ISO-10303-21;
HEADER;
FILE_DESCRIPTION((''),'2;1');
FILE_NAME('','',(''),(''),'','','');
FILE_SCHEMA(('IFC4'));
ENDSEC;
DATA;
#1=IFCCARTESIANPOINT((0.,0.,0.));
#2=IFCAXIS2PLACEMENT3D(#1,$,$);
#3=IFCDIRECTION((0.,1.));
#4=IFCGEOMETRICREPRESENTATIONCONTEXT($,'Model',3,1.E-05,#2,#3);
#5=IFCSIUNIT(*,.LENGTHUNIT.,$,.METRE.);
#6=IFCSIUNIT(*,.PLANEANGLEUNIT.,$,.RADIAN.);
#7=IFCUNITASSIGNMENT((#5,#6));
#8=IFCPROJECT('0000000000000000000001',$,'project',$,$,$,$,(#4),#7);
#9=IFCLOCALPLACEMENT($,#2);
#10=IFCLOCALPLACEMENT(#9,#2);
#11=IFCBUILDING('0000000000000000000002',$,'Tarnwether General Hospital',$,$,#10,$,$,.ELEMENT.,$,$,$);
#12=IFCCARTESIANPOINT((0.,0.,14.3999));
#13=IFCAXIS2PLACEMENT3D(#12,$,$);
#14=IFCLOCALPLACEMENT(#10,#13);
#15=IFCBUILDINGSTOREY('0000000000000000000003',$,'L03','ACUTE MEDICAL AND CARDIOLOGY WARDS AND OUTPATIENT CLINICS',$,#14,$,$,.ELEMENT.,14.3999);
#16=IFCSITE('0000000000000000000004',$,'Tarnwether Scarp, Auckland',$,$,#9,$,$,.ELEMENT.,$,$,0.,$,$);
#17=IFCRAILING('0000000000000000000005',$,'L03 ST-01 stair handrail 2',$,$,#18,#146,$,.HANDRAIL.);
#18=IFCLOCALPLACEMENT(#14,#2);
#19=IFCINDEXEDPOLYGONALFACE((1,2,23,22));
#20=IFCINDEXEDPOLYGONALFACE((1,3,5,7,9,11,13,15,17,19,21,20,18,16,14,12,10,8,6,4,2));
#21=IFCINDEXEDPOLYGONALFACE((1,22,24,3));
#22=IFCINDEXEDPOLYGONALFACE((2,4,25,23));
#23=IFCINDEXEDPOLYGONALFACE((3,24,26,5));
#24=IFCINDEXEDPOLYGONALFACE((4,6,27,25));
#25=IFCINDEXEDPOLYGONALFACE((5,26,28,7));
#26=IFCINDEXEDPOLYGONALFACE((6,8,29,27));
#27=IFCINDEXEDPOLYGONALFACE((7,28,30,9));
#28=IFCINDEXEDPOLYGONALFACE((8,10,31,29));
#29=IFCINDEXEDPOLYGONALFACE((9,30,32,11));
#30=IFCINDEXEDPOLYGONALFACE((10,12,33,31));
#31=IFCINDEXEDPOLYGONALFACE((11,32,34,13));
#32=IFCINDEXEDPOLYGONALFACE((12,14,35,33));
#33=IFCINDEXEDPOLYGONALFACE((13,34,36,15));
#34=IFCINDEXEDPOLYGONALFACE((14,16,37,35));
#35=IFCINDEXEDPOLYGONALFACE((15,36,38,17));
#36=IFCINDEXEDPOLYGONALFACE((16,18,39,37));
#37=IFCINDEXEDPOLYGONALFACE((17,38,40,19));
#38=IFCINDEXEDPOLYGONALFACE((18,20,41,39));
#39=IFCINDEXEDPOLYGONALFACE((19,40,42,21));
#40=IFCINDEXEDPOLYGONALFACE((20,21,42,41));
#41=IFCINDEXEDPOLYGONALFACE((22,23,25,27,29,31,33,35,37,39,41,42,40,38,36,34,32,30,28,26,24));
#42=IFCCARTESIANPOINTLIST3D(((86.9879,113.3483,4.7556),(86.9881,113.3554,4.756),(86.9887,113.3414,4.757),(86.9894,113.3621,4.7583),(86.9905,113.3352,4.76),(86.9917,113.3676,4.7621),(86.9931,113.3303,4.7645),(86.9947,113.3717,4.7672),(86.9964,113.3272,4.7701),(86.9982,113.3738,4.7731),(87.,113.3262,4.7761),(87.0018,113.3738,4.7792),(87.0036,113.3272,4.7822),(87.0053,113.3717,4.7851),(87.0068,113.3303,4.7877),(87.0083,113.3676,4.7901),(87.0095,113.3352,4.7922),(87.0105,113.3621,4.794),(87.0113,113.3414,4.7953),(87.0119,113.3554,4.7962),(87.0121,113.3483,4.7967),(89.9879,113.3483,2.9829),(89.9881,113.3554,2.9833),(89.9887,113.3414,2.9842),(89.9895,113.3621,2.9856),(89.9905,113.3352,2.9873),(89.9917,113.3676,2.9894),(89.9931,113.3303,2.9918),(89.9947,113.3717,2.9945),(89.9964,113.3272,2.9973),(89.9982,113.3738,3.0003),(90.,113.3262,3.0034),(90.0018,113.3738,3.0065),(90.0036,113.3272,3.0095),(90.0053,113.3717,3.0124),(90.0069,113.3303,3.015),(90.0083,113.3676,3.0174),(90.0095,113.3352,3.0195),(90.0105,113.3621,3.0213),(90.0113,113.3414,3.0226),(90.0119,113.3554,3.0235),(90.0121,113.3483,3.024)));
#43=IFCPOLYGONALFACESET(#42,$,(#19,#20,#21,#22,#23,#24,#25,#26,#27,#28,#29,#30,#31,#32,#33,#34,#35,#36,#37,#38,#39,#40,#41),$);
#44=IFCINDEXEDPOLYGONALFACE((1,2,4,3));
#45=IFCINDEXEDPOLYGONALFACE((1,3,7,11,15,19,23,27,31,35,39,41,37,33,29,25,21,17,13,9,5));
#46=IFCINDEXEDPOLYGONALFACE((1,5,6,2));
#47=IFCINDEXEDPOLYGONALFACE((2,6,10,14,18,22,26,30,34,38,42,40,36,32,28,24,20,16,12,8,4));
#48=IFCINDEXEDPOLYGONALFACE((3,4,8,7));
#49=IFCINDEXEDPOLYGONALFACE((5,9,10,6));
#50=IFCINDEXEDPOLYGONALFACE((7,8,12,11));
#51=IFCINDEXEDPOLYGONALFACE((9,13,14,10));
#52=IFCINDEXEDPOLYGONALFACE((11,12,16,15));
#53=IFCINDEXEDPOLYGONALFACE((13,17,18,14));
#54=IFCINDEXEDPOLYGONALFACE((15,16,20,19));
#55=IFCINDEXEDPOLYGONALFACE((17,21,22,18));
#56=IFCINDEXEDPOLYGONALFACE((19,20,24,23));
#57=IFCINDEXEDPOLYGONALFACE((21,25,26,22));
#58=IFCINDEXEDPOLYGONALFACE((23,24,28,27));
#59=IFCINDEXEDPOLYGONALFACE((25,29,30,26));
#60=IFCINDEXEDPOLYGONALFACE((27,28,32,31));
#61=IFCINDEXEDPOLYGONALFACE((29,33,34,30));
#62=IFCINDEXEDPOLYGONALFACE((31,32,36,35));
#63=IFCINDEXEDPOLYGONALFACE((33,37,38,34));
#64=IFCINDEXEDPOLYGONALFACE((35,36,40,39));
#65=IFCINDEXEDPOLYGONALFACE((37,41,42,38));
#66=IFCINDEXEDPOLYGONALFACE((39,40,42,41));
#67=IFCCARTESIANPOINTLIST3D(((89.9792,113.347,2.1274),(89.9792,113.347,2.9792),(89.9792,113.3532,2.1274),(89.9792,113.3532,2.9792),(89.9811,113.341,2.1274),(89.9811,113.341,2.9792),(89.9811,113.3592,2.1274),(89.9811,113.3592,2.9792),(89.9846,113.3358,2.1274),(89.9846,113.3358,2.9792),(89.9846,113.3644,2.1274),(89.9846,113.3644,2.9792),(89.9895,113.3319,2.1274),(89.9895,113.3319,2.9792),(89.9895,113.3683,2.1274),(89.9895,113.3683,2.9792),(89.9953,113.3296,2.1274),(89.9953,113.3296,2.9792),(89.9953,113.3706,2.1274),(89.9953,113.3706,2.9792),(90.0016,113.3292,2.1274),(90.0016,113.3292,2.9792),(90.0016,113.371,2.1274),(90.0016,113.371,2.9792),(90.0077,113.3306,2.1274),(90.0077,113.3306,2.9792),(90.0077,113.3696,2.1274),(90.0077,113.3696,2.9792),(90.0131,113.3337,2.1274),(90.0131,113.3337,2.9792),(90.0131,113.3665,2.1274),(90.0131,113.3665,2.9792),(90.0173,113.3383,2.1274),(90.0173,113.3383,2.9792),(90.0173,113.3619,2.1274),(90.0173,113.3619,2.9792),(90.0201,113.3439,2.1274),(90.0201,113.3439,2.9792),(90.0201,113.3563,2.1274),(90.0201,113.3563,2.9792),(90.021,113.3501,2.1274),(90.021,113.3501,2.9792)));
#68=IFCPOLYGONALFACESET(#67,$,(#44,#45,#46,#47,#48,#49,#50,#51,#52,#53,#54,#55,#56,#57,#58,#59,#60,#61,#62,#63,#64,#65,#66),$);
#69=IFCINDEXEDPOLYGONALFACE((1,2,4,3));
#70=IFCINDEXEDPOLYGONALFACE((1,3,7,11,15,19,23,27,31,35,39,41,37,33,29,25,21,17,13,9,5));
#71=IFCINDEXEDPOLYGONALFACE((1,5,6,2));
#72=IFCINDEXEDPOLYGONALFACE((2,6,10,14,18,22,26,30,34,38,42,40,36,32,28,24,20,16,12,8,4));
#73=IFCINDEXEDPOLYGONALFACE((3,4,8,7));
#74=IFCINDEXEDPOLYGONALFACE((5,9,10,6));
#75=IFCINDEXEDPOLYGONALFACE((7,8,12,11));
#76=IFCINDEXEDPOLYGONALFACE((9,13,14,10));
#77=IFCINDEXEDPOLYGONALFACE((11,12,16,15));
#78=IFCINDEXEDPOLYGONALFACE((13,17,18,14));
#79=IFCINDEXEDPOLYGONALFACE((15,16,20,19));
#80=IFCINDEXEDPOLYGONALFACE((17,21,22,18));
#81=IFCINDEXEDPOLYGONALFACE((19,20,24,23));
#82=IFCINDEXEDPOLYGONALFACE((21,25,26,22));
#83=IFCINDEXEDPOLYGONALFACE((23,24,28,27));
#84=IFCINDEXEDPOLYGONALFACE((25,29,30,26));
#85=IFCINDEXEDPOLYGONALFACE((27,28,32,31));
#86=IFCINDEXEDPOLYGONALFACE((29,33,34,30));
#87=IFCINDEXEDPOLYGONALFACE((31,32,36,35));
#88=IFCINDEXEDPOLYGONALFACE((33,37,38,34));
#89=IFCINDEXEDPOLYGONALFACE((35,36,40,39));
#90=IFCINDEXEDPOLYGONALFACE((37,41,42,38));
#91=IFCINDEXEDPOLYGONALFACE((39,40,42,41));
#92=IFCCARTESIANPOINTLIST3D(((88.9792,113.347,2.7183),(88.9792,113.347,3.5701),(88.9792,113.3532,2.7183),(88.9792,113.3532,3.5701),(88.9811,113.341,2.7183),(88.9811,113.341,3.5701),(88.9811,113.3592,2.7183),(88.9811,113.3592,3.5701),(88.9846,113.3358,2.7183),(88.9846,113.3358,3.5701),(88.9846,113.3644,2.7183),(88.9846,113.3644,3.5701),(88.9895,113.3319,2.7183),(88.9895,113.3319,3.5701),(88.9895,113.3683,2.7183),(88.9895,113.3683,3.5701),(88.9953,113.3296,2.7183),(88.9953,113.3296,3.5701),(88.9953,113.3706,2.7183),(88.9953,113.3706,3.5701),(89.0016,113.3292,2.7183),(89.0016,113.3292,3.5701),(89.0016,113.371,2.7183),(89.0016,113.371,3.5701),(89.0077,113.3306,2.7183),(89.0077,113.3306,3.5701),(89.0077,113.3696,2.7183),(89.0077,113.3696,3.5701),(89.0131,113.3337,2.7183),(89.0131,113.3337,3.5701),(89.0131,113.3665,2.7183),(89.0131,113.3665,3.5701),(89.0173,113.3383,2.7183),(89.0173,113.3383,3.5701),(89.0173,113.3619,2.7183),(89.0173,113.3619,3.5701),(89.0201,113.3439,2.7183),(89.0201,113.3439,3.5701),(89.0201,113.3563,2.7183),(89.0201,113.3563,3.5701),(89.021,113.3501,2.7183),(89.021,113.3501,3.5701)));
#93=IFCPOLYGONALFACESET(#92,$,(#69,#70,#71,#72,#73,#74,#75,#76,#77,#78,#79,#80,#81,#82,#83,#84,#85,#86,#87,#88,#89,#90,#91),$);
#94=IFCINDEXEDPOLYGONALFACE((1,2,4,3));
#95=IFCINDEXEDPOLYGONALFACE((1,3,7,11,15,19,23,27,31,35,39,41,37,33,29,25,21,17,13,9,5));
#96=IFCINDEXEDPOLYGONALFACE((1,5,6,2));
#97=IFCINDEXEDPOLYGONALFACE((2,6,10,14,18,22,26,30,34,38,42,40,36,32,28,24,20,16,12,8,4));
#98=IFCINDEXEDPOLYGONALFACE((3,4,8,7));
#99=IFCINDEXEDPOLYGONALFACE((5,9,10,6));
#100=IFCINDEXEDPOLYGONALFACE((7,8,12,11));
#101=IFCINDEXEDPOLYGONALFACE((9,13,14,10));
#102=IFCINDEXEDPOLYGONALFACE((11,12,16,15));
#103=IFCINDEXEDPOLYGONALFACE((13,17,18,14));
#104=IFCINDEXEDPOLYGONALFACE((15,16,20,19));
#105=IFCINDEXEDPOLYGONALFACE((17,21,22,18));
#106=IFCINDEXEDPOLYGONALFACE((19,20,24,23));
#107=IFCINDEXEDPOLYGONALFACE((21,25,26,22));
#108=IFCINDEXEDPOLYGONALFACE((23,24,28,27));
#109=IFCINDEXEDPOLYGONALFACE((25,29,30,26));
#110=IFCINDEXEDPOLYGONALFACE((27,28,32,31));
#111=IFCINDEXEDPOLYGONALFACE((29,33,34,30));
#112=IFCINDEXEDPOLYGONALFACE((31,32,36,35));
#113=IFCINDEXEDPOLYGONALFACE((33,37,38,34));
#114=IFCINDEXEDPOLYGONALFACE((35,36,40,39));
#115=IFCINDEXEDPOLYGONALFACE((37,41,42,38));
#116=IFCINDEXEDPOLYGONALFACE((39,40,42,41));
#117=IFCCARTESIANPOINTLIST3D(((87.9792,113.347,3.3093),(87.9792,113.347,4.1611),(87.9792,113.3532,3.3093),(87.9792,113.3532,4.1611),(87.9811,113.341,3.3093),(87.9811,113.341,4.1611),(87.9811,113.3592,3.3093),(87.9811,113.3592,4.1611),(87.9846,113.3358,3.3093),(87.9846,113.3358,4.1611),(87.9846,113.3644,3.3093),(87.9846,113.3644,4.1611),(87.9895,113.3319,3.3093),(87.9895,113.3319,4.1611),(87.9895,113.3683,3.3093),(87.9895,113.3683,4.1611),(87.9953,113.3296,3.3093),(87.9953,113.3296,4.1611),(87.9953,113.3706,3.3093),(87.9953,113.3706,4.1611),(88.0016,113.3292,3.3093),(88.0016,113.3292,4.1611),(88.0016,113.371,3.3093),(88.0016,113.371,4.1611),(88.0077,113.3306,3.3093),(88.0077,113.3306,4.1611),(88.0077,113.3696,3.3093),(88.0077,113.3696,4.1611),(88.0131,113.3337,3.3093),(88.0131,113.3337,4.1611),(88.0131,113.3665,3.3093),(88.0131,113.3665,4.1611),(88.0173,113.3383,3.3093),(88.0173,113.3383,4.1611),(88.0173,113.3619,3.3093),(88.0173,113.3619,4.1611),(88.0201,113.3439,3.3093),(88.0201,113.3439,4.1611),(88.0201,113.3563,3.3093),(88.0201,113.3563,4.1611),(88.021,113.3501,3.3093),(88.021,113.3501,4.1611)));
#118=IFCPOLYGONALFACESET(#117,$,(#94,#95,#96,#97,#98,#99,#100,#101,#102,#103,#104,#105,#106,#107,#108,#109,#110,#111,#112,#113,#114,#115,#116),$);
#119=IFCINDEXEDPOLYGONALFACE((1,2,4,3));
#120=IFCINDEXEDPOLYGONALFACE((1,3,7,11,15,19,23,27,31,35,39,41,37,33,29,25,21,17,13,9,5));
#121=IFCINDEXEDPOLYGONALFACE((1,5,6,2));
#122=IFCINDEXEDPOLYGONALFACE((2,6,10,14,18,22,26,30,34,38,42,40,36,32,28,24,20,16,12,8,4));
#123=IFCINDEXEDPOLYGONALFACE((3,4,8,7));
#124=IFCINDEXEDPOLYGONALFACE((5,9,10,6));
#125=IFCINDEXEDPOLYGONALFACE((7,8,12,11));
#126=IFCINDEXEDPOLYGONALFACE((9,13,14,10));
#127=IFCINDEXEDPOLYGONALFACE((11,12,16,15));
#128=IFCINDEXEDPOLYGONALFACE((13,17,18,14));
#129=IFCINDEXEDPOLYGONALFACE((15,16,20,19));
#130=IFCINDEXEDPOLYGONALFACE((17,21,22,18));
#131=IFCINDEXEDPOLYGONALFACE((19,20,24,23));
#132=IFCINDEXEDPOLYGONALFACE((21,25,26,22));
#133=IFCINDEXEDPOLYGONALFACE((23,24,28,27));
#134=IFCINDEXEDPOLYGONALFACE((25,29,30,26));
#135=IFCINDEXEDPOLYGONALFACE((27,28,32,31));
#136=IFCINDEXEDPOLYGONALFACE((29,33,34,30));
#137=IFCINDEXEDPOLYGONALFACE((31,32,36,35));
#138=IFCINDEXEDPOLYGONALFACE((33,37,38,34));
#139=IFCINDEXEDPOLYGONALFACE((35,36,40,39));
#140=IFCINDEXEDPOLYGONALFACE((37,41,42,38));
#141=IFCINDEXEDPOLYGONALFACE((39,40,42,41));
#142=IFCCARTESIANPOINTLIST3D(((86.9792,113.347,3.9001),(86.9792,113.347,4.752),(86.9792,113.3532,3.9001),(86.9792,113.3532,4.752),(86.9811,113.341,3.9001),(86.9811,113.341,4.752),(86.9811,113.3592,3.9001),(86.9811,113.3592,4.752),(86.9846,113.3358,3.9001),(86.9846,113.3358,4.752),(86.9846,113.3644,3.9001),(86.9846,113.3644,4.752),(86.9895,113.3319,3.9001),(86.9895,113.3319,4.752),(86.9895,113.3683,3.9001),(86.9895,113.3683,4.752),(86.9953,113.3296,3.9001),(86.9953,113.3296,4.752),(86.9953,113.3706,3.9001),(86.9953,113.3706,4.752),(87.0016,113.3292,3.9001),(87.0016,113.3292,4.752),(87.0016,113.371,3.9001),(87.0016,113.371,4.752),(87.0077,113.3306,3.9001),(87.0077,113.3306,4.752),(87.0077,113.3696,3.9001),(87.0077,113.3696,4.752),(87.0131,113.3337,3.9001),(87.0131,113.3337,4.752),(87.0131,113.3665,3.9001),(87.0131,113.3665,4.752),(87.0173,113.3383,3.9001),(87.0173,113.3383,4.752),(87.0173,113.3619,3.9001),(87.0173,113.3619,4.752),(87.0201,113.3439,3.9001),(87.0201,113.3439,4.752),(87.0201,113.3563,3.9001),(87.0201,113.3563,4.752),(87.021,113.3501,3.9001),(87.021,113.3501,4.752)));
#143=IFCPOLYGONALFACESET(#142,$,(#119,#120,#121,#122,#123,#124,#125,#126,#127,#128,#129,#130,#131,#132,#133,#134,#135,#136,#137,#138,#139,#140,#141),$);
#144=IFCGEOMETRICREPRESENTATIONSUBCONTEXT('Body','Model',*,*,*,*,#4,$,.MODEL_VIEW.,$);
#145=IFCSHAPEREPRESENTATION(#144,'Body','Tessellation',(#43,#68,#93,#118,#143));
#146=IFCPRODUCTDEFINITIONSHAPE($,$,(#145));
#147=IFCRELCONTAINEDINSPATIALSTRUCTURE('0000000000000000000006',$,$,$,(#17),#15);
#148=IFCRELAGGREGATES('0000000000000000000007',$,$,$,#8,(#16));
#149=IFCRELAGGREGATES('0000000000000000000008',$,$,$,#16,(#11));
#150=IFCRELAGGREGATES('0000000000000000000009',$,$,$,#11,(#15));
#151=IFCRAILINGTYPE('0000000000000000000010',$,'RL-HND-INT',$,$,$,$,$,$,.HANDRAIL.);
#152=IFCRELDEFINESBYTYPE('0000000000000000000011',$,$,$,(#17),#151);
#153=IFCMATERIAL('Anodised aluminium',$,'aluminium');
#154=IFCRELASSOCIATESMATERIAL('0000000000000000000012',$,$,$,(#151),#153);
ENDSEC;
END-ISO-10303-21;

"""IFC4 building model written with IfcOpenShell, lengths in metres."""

from ifc_helpers import new_model, si_unit, direction, frame, origin, origin_2d, place, context, subcontext, project, spatial, circle, extrude, material, type_object, element, save


model = new_model("IFC4")

# Units and contexts
model_context = context("Model", 3, precision=1e-05, world=origin(), true_north=direction((0.0, 1.0)))
body_context = subcontext(model_context, "Body", "Model", "MODEL_VIEW")
ifc_project = project(units=[si_unit("LENGTHUNIT", "METRE"), si_unit("PLANEANGLEUNIT", "RADIAN")], contexts=[model_context])

# Site, building, storey
site_placement = place(None, origin())
site = spatial("IfcSite", under=ifc_project, at=site_placement, Name="Tarnwether Scarp, Auckland", CompositionType="ELEMENT", RefElevation=0.0)
building_placement = place(site_placement, origin())
building = spatial("IfcBuilding", under=site, at=building_placement, Name="Tarnwether General Hospital", CompositionType="ELEMENT")
storey_placement = place(building_placement, frame((0.0, 0.0, 14.3999)))
storey = spatial("IfcBuildingStorey", under=building, at=storey_placement, Name="L03", Description="ACUTE MEDICAL AND CARDIOLOGY WARDS AND OUTPATIENT CLINICS", CompositionType="ELEMENT", Elevation=14.3999)

# Railing
ifc_material_1 = material(Name="Anodised aluminium", Category="aluminium")
railing_type_1 = type_object("IfcRailingType", Name="RL-HND-INT", PredefinedType="HANDRAIL", material=ifc_material_1)
railing_1_placement = place(storey_placement, frame((90.0, 113.3501, 2.1274)))
element("IfcRailing", 1, at=railing_1_placement, inside=storey, type_object=railing_type_1, Name="L03 ST-01 stair handrail 2", PredefinedType="HANDRAIL", context=body_context, shape_type="SweptSolid", body=[
    extrude(circle(Radius=0.0239, at=origin_2d()), frame((0.0, 0.0, 0.876), z_axis=(-0.860929, 0.0, 0.508725), x_axis=(0.0, -1.0, 0.0)), (0.0, 0.0, 1.0), 3.4846),
    extrude(circle(Radius=0.021, at=origin_2d()), origin(), (0.0, 0.0, 1.0), 0.8518),
    extrude(circle(Radius=0.021, at=origin_2d()), frame((-1.0, 0.0, 0.5908)), (0.0, 0.0, 1.0), 0.8518),
    extrude(circle(Radius=0.021, at=origin_2d()), frame((-2.0, 0.0, 1.1819)), (0.0, 0.0, 1.0), 0.8518),
    extrude(circle(Radius=0.021, at=origin_2d()), frame((-3.0, 0.0, 1.7727)), (0.0, 0.0, 1.0), 0.8518),
])

save(model, "model.ifc")
